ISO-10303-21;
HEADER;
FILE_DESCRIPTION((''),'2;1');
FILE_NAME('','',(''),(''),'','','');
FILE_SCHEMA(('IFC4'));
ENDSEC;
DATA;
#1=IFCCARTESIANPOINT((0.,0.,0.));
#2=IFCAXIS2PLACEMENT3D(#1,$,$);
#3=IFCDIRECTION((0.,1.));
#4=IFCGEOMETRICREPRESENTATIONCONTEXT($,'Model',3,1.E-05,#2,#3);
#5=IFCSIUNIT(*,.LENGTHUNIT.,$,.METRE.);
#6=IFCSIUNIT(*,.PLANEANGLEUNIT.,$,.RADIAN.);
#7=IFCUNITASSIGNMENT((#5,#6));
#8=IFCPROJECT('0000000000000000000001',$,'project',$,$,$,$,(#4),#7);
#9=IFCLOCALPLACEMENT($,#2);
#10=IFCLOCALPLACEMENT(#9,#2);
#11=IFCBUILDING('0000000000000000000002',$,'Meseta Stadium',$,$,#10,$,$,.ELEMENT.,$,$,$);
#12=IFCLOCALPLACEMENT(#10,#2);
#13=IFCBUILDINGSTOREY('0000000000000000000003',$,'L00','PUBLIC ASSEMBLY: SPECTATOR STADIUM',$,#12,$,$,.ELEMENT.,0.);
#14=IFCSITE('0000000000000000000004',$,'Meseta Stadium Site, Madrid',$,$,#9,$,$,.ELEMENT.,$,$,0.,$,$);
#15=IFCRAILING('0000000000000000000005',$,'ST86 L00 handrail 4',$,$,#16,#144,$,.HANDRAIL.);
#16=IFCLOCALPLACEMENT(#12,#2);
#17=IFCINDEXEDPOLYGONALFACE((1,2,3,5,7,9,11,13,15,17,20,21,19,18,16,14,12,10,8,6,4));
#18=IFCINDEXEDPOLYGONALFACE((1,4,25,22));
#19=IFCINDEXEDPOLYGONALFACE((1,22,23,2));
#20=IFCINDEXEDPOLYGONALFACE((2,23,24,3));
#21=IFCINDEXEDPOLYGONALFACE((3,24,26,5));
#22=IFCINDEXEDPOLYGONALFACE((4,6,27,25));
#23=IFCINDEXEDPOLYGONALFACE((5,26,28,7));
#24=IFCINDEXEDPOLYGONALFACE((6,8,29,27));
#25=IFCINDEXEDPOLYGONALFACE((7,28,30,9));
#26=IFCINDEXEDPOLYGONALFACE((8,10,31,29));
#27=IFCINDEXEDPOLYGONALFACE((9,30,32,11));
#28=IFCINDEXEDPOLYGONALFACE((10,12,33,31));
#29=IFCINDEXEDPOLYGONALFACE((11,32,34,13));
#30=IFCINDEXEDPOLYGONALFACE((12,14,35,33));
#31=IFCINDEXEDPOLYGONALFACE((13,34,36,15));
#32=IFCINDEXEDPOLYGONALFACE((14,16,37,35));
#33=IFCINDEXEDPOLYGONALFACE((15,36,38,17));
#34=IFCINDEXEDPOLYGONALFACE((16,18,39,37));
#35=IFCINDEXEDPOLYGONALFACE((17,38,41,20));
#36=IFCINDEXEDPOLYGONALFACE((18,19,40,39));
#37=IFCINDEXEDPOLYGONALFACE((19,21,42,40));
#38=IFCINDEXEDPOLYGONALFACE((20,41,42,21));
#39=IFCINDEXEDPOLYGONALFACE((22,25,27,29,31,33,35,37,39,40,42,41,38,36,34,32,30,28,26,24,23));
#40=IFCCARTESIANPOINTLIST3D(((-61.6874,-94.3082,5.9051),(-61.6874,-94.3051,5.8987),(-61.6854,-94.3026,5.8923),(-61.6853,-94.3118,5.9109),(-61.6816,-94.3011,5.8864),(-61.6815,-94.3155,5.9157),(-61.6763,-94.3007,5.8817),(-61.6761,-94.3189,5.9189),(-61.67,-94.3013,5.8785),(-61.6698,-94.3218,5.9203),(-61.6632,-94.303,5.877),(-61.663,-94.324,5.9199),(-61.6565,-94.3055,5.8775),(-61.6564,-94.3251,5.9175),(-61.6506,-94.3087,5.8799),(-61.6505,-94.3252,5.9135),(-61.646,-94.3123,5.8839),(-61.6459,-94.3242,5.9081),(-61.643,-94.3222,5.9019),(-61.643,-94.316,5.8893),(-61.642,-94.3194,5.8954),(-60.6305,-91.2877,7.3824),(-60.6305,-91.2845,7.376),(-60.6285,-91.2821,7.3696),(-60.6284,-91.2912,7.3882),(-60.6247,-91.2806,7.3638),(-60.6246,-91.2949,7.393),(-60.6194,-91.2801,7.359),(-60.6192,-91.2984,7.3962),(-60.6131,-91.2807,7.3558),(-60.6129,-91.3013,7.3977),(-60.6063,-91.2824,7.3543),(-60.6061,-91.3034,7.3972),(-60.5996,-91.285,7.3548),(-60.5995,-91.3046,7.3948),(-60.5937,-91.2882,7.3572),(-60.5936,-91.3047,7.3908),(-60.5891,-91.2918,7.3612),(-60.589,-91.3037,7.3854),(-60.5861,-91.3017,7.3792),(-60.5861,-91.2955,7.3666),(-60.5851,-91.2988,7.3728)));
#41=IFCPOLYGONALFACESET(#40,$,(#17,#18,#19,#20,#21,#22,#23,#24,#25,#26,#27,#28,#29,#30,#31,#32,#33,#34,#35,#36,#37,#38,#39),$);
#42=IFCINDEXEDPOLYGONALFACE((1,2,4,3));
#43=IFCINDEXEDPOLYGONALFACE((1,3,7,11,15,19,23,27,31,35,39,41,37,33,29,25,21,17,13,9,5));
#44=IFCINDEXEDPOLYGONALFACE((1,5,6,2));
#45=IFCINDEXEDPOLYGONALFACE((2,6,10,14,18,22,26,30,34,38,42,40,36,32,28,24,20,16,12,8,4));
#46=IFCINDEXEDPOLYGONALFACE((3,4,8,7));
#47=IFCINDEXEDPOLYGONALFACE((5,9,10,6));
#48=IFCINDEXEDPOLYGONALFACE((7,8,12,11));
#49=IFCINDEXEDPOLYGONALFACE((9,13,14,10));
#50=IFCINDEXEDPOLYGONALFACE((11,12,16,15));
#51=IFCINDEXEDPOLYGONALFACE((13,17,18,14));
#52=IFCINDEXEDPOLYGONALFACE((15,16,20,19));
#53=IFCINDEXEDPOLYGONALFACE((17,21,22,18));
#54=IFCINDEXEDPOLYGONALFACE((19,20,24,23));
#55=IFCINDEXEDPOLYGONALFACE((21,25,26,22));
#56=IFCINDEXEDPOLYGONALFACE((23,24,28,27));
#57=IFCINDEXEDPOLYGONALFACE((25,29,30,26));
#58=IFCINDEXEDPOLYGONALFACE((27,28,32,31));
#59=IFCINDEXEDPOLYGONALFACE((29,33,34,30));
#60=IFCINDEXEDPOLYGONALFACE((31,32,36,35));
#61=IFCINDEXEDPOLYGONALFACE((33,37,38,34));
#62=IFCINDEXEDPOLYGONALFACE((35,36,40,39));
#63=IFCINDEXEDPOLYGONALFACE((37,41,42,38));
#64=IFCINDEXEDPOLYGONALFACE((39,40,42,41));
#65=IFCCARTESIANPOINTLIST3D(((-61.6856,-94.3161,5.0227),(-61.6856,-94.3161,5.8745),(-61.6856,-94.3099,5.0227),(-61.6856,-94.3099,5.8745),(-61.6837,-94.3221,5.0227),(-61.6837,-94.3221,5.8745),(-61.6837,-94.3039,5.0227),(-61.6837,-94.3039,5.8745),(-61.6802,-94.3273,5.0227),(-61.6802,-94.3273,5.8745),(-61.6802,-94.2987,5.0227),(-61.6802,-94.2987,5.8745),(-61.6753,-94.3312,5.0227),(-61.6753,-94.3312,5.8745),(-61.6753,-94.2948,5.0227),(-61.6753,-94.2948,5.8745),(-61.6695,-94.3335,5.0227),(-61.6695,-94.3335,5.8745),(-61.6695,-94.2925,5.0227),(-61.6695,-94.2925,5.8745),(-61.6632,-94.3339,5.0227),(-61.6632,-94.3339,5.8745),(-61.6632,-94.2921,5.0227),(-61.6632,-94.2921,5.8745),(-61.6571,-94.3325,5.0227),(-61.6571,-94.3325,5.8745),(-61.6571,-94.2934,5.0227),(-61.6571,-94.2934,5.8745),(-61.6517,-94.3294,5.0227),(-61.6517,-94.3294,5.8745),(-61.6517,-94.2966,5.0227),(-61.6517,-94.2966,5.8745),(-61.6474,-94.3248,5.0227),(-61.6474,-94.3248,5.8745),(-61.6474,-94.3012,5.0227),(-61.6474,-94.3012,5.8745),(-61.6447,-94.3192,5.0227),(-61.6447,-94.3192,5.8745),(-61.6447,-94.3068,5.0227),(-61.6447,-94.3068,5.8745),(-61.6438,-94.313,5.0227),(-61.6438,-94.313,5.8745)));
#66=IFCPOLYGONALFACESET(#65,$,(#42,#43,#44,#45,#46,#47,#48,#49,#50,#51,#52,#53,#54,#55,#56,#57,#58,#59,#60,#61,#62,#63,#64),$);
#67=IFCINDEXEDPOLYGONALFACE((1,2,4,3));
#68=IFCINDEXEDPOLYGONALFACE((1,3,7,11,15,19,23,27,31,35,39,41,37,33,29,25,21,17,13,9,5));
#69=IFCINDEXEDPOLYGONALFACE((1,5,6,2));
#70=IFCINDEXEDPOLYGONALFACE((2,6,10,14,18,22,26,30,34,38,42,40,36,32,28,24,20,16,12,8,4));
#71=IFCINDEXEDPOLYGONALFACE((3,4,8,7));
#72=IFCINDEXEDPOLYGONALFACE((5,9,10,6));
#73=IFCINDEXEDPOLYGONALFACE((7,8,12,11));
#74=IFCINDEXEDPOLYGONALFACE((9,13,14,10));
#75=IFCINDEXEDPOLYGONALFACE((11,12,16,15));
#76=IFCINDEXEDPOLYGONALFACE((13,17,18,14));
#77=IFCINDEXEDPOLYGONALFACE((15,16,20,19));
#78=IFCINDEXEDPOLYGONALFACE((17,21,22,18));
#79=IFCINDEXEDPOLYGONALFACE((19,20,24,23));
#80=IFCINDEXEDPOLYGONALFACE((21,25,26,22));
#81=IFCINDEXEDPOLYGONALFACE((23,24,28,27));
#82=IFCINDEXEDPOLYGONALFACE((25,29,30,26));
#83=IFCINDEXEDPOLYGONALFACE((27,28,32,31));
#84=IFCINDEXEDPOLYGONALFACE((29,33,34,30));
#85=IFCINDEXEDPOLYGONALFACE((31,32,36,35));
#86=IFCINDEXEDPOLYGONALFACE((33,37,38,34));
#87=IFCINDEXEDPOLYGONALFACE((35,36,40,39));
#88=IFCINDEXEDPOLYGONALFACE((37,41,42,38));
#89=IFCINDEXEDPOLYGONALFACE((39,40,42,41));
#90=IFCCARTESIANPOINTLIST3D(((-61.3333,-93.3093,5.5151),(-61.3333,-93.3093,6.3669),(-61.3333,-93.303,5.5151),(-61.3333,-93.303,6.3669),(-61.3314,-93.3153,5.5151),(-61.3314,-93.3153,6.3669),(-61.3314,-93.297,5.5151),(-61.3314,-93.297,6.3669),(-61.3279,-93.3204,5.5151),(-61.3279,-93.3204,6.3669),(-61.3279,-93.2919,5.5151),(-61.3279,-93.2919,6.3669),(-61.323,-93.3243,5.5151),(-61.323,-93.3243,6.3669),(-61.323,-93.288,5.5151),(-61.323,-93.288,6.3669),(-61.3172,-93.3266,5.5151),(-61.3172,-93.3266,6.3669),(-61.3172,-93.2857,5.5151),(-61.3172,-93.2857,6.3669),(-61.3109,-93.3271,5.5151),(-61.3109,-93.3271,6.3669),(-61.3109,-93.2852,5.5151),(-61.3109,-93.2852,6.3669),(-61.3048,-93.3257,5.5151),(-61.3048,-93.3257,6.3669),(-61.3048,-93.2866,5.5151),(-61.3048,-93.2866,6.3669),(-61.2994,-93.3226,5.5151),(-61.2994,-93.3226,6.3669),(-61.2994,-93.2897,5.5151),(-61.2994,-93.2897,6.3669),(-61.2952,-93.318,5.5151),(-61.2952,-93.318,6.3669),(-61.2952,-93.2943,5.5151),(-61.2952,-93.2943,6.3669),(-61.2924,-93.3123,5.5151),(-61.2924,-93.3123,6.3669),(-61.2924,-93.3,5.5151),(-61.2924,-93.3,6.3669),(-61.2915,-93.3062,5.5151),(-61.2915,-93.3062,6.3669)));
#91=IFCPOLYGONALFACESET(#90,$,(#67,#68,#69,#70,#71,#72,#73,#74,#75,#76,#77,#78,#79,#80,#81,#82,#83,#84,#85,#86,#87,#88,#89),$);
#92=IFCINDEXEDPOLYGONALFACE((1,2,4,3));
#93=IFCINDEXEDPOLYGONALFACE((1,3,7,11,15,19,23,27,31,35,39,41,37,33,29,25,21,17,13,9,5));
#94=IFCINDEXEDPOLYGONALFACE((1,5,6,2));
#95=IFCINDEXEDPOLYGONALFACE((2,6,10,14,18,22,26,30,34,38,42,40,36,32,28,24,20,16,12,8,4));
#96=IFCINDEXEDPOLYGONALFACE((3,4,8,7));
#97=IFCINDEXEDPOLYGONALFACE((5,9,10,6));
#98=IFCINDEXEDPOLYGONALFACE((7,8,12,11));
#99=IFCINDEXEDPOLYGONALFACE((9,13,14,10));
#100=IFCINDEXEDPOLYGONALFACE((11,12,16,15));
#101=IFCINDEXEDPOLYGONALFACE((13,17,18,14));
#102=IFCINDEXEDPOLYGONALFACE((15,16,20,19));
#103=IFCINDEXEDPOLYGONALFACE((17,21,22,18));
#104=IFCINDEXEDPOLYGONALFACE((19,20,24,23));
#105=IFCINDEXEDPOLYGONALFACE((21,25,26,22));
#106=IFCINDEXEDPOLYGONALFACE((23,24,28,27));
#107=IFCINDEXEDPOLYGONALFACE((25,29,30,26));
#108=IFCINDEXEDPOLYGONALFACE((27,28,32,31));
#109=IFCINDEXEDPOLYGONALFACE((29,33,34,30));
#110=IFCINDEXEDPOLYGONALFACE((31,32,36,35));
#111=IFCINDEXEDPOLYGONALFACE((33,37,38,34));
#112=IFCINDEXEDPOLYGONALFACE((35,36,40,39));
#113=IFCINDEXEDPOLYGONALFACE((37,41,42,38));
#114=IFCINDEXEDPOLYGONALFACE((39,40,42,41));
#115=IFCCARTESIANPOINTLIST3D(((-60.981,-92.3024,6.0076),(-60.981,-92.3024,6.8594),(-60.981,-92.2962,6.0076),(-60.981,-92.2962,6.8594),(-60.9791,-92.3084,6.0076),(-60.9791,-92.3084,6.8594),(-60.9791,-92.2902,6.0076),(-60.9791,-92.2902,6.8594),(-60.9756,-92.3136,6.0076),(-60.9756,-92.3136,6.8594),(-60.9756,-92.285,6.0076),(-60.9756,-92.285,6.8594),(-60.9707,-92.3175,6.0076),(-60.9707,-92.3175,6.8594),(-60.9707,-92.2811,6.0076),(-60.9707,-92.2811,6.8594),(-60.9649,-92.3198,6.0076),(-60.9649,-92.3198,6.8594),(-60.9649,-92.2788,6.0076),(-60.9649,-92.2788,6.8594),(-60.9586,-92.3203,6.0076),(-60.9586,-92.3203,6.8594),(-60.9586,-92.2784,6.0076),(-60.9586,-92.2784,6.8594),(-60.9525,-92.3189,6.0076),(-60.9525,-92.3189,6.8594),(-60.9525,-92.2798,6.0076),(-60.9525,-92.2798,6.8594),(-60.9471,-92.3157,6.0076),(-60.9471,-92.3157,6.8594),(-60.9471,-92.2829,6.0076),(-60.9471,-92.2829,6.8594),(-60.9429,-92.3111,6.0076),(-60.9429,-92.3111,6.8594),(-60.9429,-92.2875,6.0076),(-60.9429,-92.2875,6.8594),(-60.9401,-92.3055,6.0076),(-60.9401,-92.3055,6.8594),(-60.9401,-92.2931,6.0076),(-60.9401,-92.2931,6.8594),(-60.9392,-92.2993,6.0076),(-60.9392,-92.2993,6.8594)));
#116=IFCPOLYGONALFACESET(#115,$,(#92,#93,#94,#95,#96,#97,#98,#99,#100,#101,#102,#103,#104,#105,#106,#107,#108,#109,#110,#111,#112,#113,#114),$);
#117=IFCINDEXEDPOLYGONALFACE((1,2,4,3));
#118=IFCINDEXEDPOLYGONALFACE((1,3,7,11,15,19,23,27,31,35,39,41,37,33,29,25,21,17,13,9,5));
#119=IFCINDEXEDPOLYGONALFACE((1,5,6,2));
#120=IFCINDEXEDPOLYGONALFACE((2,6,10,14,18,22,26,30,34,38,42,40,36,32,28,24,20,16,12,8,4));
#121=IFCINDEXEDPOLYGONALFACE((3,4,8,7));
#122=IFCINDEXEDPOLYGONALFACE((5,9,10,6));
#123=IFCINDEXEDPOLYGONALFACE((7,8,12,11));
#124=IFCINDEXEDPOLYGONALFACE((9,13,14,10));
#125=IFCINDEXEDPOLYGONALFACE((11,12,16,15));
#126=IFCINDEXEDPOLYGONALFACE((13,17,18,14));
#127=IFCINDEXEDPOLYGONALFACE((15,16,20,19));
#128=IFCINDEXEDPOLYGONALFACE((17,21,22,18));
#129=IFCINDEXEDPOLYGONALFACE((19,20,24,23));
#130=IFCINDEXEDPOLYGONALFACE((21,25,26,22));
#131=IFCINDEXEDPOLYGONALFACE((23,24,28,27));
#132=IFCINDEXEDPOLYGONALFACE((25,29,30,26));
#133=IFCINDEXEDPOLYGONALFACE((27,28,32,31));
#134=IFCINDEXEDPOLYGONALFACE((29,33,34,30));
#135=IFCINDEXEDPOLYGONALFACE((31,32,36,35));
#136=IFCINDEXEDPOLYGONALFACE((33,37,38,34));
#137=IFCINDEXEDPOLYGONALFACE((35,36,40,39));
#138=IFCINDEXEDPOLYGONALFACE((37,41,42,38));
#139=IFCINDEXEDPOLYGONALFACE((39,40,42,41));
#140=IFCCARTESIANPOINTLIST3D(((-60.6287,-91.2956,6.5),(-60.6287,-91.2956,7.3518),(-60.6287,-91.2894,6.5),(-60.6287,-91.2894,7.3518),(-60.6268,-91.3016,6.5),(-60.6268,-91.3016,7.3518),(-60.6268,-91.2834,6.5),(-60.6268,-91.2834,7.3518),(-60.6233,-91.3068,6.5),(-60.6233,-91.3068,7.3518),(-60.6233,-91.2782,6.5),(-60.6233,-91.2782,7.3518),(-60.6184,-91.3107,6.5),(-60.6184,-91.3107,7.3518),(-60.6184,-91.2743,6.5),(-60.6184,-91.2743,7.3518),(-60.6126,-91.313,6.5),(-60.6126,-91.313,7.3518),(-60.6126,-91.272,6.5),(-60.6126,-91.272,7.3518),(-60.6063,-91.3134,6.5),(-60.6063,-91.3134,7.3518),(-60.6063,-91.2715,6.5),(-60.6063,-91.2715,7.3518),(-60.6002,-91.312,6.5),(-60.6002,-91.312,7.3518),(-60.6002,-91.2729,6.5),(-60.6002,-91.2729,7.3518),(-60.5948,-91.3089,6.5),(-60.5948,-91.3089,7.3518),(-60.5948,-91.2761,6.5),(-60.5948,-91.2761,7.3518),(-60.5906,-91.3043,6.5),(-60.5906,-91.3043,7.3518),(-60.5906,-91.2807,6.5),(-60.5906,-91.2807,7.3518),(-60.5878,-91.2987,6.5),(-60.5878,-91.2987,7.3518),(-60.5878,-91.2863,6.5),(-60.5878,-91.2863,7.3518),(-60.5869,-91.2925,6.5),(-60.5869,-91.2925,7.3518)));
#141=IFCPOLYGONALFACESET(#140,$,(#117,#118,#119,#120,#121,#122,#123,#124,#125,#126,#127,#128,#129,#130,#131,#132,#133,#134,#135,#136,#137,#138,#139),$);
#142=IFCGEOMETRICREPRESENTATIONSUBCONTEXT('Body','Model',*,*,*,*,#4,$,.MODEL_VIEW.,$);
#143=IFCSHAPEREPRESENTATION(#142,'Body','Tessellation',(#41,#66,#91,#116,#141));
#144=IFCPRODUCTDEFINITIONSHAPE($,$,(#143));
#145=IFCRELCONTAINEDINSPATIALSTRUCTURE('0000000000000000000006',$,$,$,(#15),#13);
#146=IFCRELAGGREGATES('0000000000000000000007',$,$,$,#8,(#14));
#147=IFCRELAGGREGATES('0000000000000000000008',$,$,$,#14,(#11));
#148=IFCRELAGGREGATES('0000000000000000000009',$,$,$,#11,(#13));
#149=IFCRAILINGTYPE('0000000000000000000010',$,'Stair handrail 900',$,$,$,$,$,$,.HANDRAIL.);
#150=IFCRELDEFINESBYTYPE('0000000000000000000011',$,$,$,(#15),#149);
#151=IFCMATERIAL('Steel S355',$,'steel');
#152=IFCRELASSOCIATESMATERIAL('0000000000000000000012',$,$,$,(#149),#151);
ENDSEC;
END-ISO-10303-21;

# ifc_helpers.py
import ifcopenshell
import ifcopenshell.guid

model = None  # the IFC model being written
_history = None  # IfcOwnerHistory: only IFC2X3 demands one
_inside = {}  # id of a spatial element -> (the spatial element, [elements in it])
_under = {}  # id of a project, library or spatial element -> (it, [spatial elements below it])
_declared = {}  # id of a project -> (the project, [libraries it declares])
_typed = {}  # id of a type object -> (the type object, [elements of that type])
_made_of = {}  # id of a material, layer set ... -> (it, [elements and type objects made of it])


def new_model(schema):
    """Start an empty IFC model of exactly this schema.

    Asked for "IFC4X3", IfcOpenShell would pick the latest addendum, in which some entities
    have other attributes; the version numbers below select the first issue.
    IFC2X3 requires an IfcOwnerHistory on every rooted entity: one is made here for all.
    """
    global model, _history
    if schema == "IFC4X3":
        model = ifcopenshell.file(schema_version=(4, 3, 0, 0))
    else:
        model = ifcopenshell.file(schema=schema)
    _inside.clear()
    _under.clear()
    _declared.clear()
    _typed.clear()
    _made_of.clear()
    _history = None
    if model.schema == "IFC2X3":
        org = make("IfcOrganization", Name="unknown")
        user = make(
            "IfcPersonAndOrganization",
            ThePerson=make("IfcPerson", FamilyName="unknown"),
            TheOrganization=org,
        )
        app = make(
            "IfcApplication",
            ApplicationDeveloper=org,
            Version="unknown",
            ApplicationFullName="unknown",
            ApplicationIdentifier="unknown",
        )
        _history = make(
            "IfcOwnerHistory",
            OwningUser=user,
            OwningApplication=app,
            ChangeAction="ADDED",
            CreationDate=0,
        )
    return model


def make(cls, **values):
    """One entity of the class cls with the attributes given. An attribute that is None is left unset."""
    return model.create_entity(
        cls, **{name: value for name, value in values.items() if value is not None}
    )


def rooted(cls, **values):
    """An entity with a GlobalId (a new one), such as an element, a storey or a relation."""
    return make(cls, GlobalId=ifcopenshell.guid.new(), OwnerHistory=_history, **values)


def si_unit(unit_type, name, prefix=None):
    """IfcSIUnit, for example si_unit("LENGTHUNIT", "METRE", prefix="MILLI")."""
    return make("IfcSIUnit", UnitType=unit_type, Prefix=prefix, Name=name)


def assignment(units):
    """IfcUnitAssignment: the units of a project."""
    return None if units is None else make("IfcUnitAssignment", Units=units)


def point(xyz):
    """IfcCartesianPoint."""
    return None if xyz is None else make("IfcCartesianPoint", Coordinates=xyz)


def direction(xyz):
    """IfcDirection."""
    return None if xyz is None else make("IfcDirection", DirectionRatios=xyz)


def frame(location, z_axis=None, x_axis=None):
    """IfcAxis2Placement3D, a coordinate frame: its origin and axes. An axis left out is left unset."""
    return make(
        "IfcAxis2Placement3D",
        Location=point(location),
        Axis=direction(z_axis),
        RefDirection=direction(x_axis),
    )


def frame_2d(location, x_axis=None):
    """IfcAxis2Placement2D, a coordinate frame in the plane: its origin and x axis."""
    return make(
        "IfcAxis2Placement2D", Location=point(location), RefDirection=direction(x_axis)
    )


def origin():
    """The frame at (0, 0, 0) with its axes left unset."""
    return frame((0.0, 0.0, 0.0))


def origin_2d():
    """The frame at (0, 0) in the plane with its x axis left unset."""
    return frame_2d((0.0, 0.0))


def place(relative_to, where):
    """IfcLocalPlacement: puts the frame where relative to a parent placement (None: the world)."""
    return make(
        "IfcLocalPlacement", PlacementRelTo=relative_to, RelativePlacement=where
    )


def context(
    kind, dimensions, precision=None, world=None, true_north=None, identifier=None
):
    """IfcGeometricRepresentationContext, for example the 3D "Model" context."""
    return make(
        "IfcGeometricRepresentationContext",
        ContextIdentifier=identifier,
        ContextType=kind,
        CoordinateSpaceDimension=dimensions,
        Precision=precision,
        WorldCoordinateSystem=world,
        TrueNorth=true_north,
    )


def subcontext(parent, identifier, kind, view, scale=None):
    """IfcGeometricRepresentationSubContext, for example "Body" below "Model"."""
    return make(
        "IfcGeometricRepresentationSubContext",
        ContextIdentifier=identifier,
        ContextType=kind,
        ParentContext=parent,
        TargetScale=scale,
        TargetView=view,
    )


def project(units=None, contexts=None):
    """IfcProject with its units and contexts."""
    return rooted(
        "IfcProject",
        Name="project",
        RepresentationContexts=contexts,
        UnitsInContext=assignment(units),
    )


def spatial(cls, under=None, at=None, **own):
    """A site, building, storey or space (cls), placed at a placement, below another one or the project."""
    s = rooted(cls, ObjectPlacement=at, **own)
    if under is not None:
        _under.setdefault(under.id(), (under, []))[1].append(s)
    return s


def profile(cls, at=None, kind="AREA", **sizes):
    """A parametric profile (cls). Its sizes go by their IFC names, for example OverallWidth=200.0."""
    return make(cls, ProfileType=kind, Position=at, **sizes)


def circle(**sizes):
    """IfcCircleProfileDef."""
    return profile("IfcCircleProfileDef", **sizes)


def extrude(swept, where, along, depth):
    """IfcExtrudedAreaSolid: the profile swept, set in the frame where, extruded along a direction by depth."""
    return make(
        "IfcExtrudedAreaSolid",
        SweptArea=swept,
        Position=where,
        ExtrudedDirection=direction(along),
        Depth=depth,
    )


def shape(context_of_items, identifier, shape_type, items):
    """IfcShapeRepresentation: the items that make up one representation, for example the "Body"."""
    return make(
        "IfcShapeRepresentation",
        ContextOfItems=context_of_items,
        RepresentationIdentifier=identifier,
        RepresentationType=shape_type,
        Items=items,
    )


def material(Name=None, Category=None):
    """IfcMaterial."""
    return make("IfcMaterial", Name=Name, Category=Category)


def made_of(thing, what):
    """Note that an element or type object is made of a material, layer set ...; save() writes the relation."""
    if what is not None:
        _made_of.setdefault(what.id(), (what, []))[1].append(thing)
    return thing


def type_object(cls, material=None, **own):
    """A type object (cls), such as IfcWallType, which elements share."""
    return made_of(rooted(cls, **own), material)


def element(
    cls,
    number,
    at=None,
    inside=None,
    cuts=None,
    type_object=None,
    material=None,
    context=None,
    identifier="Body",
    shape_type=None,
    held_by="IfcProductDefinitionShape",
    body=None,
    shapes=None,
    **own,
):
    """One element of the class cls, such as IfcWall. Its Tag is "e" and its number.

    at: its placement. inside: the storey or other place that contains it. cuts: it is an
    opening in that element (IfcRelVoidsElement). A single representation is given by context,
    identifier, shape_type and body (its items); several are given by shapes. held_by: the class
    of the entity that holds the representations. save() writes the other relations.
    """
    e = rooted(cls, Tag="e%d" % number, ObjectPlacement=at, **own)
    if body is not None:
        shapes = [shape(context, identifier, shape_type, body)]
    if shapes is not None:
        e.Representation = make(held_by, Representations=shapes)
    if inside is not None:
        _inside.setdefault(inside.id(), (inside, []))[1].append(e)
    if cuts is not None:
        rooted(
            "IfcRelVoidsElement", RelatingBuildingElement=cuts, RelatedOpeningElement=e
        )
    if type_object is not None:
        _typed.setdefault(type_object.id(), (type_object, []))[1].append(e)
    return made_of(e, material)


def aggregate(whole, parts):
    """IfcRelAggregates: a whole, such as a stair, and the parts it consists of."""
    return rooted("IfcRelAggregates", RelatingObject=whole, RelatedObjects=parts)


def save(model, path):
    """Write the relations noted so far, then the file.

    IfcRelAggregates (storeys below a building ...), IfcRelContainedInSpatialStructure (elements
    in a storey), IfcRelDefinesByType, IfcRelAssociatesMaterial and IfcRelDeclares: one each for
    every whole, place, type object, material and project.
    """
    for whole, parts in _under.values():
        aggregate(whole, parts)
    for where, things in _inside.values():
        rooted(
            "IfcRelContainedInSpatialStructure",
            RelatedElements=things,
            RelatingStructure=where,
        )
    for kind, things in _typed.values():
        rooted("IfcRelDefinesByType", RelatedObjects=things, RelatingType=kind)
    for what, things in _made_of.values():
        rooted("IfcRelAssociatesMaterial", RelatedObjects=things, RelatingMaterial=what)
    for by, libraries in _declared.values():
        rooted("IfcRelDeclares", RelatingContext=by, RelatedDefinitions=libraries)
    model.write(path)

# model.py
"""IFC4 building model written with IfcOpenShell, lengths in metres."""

from ifc_helpers import new_model, si_unit, direction, frame, origin, origin_2d, place, context, subcontext, project, spatial, circle, extrude, material, type_object, element, save


model = new_model("IFC4")

# Units and contexts
model_context = context("Model", 3, precision=1e-05, world=origin(), true_north=direction((0.0, 1.0)))
body_context = subcontext(model_context, "Body", "Model", "MODEL_VIEW")
ifc_project = project(units=[si_unit("LENGTHUNIT", "METRE"), si_unit("PLANEANGLEUNIT", "RADIAN")], contexts=[model_context])

# Site, building, storey
site_placement = place(None, origin())
site = spatial("IfcSite", under=ifc_project, at=site_placement, Name="Meseta Stadium Site, Madrid", CompositionType="ELEMENT", RefElevation=0.0)
building_placement = place(site_placement, origin())
building = spatial("IfcBuilding", under=site, at=building_placement, Name="Meseta Stadium", CompositionType="ELEMENT")
storey_placement = place(building_placement, origin())
storey = spatial("IfcBuildingStorey", under=building, at=storey_placement, Name="L00", Description="PUBLIC ASSEMBLY: SPECTATOR STADIUM", CompositionType="ELEMENT", Elevation=0.0)

# Railing
ifc_material_1 = material(Name="Steel S355", Category="steel")
railing_type_1 = type_object("IfcRailingType", Name="Stair handrail 900", PredefinedType="HANDRAIL", material=ifc_material_1)
for number, where, name in (
    (1, (-61.6648, -94.313, 5.0227), "ST86 L00 handrail 4"),
):
    element("IfcRailing", number, at=place(storey_placement, frame(where)), inside=storey, type_object=railing_type_1, Name=name, PredefinedType="HANDRAIL", context=body_context, shape_type="SweptSolid", body=[
        extrude(circle(Radius=0.0239, at=origin_2d()), frame((0.0, 0.0, 0.876), z_axis=(0.299859, 0.856977, 0.419137), x_axis=(-0.943887, 0.330269, 0.0)), (0.0, 0.0, 1.0), 3.5247),
        extrude(circle(Radius=0.021, at=origin_2d()), origin(), (0.0, 0.0, 1.0), 0.8518),
        extrude(circle(Radius=0.021, at=origin_2d()), frame((0.3523, 1.0068, 0.4924)), (0.0, 0.0, 1.0), 0.8518),
        extrude(circle(Radius=0.021, at=origin_2d()), frame((0.7046, 2.0137, 0.9849)), (0.0, 0.0, 1.0), 0.8518),
        extrude(circle(Radius=0.021, at=origin_2d()), frame((1.0569, 3.0205, 1.4773)), (0.0, 0.0, 1.0), 0.8518),
    ])

save(model, "model.ifc")
